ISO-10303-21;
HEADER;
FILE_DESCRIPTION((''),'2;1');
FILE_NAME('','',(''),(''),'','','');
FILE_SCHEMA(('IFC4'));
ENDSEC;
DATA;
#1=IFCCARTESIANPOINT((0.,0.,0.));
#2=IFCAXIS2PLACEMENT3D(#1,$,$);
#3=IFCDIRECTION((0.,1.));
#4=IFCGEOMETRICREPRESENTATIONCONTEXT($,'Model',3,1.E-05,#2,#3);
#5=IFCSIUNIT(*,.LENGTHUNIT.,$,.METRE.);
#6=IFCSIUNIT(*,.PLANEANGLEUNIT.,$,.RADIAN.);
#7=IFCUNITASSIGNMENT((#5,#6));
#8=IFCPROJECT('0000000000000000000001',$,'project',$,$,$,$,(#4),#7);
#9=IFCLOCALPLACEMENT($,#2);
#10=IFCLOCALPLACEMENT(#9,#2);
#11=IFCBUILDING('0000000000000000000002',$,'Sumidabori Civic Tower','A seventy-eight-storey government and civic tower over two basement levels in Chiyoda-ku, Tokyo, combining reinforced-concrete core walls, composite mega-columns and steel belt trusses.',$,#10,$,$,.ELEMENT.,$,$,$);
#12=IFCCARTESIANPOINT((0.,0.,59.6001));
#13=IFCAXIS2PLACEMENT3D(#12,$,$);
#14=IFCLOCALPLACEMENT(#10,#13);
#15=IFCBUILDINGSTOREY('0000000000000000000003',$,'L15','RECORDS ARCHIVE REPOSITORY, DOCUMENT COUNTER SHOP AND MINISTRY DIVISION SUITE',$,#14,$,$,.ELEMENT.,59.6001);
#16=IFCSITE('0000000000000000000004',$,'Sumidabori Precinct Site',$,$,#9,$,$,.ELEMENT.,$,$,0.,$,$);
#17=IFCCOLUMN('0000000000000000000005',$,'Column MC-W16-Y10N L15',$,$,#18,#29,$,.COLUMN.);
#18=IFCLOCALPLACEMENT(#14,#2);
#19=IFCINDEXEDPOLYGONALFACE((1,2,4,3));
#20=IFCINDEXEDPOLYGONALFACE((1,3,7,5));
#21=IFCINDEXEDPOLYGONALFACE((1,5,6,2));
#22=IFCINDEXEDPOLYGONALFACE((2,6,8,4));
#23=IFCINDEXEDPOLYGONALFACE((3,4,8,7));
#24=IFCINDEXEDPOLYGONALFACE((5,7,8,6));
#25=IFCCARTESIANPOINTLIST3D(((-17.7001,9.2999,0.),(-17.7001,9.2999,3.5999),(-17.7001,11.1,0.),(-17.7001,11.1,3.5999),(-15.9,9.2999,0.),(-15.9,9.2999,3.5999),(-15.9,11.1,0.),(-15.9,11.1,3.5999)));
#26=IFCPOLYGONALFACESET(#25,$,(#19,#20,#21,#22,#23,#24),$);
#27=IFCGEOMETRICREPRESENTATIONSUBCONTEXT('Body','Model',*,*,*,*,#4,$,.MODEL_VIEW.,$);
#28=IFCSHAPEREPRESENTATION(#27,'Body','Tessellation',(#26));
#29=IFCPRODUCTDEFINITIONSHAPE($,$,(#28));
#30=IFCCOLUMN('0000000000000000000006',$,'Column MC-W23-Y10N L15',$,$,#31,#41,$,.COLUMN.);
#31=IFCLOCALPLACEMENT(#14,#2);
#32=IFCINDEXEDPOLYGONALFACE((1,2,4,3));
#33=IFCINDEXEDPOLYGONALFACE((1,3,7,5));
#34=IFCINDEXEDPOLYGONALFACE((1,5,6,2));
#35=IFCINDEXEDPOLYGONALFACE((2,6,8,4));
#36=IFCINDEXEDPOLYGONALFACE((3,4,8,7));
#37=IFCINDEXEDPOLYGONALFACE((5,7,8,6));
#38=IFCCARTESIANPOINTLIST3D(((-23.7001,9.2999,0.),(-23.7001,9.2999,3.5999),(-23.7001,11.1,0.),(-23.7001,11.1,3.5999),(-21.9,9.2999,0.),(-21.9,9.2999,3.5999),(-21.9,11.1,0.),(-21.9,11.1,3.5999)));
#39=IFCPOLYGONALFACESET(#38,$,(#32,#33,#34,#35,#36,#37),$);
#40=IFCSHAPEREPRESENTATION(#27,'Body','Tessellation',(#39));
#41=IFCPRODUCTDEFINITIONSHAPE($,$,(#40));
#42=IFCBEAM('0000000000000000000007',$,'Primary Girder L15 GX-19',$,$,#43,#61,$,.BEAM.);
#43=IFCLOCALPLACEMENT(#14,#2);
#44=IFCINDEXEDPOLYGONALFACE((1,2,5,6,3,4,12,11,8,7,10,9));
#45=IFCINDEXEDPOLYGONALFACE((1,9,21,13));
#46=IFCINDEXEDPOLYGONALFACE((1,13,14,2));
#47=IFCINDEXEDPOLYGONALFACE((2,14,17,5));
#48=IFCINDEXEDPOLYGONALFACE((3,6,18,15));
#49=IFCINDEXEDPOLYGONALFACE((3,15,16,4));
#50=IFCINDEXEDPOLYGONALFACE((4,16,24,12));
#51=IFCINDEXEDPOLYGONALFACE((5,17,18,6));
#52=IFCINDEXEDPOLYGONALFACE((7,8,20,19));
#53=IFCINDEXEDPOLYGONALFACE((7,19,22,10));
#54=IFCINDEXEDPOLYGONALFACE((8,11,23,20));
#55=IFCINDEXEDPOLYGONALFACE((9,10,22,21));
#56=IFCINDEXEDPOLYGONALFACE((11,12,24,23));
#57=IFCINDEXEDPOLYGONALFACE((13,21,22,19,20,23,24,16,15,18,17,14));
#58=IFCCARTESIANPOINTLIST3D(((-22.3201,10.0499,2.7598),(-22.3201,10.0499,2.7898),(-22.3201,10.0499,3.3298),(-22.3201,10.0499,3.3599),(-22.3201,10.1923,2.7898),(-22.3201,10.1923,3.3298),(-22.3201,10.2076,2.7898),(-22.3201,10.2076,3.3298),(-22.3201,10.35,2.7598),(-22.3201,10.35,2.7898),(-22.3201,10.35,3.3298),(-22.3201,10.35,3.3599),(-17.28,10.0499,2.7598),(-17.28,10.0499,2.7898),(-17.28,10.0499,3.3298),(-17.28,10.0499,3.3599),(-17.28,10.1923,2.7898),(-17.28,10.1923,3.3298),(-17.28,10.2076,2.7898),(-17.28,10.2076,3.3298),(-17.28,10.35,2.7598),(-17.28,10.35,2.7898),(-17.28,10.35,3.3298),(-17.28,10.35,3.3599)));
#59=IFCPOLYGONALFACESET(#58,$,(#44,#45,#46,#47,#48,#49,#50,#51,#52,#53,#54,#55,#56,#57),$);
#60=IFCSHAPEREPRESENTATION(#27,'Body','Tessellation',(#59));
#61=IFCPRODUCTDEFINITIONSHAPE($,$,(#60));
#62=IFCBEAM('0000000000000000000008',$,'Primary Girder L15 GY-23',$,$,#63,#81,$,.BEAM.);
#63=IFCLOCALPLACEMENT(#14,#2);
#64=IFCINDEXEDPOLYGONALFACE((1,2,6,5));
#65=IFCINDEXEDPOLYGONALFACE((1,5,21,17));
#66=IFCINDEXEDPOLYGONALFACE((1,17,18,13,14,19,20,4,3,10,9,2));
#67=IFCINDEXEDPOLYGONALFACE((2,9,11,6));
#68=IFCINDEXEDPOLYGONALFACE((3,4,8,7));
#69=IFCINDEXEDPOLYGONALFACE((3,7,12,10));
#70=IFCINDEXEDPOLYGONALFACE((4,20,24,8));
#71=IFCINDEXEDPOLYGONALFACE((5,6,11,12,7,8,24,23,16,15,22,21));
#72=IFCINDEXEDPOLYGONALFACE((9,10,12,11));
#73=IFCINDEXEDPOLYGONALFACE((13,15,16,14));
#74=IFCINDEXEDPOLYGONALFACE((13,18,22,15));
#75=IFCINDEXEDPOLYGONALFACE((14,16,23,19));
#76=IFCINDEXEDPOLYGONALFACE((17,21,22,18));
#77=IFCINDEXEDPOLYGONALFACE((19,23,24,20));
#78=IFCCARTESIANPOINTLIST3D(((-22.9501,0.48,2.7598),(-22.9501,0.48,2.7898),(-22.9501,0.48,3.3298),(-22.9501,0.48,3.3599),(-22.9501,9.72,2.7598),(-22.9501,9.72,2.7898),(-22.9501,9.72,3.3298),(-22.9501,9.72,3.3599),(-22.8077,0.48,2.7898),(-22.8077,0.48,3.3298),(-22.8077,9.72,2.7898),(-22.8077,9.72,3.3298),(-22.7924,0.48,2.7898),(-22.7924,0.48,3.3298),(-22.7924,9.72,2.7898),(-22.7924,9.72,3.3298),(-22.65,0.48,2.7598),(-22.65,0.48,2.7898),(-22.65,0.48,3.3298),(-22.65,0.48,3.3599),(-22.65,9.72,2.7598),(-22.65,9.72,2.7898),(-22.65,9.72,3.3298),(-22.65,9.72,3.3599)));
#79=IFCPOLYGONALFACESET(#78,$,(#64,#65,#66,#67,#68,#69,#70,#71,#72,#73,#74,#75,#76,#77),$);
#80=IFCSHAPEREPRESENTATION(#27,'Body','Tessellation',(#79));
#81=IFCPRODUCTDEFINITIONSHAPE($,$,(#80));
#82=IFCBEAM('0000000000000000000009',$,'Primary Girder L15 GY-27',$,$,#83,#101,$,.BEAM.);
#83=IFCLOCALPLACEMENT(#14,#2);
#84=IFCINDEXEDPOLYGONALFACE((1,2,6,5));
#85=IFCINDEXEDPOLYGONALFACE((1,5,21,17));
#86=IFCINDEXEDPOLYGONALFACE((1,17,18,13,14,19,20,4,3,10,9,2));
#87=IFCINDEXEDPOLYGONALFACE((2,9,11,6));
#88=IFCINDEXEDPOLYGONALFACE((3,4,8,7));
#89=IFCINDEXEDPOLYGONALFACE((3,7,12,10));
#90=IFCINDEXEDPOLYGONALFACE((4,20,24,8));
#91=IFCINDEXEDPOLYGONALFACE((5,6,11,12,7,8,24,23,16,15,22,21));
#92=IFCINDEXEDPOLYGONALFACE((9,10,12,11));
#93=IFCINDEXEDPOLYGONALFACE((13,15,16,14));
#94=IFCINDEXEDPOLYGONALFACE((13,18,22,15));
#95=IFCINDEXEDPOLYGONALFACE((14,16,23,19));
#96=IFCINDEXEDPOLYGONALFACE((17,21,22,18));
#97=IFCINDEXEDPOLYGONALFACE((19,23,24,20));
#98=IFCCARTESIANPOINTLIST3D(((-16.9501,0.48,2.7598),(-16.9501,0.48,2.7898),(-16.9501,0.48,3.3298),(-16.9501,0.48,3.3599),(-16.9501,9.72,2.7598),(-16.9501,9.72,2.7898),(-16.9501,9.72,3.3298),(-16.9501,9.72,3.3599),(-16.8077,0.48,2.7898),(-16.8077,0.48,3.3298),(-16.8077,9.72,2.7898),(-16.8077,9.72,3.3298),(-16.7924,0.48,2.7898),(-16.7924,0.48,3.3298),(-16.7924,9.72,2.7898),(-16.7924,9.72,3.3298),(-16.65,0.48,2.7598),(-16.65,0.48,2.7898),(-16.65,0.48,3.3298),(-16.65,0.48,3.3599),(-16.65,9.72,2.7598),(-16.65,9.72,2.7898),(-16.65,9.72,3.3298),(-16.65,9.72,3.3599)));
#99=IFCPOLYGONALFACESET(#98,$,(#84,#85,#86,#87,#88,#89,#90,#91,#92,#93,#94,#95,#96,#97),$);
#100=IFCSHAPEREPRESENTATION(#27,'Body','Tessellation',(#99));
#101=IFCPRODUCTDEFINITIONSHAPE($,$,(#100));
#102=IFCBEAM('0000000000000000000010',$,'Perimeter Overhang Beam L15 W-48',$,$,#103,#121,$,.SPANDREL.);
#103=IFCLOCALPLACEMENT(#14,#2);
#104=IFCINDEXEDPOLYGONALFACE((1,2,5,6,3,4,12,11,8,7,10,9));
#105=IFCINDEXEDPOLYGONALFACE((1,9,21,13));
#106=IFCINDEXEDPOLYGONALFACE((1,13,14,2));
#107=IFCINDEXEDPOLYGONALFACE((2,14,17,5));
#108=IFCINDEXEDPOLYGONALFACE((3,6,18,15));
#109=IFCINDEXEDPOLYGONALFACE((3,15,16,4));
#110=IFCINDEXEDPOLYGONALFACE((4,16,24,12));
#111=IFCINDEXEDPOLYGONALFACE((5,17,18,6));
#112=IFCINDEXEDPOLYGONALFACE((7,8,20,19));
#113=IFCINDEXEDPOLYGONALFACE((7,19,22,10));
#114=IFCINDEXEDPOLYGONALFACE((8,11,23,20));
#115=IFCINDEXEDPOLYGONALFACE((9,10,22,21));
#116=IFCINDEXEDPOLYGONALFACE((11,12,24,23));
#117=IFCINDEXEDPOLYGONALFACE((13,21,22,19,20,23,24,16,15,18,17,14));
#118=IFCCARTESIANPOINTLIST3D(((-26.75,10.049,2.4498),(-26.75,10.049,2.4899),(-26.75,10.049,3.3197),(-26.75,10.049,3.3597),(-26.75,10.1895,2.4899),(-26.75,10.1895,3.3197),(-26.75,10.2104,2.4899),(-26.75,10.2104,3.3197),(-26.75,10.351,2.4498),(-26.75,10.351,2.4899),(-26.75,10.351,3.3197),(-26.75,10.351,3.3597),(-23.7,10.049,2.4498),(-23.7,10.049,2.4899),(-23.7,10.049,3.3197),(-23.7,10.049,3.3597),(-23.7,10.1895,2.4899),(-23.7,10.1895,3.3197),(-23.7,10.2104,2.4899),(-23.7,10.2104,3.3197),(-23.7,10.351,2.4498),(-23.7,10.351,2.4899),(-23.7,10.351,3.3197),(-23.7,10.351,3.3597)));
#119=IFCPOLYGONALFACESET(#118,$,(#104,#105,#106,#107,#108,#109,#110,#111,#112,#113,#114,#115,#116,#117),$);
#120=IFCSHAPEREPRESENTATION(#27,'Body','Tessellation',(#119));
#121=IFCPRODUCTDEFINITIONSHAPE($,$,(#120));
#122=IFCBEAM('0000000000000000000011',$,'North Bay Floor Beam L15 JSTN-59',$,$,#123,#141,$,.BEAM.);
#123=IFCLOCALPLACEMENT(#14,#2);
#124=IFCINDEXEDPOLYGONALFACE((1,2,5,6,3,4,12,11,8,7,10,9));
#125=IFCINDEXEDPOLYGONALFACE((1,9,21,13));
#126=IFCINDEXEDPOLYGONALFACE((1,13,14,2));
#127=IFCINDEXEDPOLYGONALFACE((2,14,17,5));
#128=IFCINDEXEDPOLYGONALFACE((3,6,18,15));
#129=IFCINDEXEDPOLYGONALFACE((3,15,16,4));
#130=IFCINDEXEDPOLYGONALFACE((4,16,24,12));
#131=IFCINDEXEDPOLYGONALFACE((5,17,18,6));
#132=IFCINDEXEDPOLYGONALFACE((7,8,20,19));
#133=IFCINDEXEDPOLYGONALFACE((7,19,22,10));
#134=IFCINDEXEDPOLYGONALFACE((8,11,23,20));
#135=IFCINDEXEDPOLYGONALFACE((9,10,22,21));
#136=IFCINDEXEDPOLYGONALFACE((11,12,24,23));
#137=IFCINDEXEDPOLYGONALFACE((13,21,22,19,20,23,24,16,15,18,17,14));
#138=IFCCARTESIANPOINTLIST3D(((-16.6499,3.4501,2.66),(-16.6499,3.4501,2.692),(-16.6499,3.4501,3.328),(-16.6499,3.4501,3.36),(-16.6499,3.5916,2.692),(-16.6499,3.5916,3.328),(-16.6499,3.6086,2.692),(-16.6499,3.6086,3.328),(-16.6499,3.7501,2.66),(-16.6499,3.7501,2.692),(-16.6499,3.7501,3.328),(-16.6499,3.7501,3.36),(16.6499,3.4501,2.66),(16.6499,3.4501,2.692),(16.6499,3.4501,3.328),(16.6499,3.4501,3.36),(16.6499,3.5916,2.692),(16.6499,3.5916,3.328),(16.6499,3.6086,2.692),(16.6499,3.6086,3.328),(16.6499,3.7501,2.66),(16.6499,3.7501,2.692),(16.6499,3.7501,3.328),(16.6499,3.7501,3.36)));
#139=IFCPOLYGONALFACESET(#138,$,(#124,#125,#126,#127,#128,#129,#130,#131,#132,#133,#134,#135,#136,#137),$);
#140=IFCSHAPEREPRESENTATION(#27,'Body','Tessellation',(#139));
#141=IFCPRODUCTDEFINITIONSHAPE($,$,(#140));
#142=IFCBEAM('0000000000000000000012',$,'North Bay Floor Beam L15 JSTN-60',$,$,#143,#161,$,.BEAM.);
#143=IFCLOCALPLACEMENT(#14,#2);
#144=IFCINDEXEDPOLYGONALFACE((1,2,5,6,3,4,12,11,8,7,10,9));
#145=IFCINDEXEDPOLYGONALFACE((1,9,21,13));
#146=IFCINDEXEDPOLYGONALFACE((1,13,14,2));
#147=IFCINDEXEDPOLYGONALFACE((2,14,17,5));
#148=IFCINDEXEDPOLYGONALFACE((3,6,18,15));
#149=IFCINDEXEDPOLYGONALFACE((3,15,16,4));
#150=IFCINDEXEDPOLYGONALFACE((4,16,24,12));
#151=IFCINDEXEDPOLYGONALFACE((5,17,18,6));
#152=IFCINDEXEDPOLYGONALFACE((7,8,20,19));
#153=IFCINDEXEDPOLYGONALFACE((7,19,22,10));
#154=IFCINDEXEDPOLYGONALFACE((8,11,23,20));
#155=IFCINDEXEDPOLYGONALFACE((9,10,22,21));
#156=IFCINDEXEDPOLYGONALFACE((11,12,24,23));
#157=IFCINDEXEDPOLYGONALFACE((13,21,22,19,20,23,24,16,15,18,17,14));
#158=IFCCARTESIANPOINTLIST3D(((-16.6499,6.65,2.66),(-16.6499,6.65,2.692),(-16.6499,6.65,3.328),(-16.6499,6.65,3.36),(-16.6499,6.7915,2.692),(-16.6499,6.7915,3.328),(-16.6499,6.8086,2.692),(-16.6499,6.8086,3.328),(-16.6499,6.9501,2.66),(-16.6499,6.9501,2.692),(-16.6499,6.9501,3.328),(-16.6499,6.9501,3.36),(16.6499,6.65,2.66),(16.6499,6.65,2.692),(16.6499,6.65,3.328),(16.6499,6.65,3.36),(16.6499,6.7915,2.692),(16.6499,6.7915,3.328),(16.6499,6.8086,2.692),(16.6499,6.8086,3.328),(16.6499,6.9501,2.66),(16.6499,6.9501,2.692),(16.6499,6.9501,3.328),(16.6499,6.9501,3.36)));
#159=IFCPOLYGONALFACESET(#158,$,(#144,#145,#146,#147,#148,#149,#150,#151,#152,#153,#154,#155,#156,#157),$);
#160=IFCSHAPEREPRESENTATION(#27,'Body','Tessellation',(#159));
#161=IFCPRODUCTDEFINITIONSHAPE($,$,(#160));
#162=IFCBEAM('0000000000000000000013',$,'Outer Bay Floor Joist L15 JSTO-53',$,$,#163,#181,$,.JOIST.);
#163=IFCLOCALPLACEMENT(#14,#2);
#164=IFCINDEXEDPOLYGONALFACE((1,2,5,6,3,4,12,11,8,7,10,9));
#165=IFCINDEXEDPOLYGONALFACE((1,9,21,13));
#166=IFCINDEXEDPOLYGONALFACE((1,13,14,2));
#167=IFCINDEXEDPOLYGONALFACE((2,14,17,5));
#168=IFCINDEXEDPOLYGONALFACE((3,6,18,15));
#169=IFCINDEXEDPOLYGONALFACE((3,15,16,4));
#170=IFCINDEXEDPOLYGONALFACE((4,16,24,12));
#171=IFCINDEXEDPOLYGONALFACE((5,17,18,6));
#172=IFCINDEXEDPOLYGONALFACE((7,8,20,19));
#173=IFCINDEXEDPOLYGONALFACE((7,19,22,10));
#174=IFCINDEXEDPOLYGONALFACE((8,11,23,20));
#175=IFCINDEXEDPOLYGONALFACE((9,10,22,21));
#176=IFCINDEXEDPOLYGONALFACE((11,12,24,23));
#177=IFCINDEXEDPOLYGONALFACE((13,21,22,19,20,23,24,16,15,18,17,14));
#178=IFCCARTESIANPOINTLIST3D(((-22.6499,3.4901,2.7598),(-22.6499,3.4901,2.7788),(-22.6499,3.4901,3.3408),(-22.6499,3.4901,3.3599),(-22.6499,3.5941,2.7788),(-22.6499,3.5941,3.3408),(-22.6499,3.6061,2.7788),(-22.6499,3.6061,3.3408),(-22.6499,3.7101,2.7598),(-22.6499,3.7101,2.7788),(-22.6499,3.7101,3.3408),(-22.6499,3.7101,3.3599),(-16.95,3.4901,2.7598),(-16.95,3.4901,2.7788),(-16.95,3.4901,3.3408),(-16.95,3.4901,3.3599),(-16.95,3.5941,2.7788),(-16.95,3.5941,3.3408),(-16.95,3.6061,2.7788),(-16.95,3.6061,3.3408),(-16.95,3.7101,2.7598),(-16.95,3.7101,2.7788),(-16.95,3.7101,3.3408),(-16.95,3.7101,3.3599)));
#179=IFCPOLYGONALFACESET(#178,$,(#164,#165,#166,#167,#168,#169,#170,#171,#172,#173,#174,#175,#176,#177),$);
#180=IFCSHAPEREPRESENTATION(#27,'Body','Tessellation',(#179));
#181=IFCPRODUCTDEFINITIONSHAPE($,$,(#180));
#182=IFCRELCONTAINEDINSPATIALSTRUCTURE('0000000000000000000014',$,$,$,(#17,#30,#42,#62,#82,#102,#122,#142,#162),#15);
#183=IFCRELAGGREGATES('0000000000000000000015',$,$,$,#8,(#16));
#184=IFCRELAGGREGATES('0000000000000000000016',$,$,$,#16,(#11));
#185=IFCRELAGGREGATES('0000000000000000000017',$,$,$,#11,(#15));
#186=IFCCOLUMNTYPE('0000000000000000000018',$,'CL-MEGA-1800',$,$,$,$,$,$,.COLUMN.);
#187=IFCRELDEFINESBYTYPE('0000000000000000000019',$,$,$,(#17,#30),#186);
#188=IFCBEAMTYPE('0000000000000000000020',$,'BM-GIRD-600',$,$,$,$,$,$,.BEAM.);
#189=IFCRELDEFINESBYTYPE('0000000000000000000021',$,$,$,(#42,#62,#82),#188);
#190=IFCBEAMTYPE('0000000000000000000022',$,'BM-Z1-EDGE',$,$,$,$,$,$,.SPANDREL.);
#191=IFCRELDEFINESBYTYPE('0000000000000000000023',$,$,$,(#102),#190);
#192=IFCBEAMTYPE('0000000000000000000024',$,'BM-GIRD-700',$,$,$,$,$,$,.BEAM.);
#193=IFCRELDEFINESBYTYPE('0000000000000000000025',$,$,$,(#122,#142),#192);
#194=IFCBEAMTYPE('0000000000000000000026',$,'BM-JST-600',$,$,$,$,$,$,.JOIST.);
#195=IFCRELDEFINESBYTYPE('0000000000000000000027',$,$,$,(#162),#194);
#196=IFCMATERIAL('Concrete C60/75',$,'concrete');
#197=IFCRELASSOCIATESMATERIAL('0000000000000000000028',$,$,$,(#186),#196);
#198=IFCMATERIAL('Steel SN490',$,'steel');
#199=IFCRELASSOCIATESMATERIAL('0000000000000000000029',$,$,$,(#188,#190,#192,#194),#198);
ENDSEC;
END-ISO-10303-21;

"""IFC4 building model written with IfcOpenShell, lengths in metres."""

from ifc_helpers import new_model, si_unit, direction, frame, origin, origin_2d, place, context, subcontext, project, spatial, rectangle, i_section, extrude, source, transform, mapped, material, material_profile, profile_set, type_object, element, save


model = new_model("IFC4")

# Units and contexts
model_context = context("Model", 3, precision=1e-05, world=origin(), true_north=direction((0.0, 1.0)))
body_context = subcontext(model_context, "Body", "Model", "MODEL_VIEW")
ifc_project = project(units=[si_unit("LENGTHUNIT", "METRE"), si_unit("PLANEANGLEUNIT", "RADIAN")], contexts=[model_context])

# Site, building, storey
site_placement = place(None, origin())
site = spatial("IfcSite", under=ifc_project, at=site_placement, Name="Sumidabori Precinct Site", CompositionType="ELEMENT", RefElevation=0.0)
building_placement = place(site_placement, origin())
building = spatial("IfcBuilding", under=site, at=building_placement, Name="Sumidabori Civic Tower", Description="A seventy-eight-storey government and civic tower over two basement levels in Chiyoda-ku, Tokyo, combining reinforced-concrete core walls, composite mega-columns and steel belt trusses.", CompositionType="ELEMENT")
storey_placement = place(building_placement, frame((0.0, 0.0, 59.6001)))
storey = spatial("IfcBuildingStorey", under=building, at=storey_placement, Name="L15", Description="RECORDS ARCHIVE REPOSITORY, DOCUMENT COUNTER SHOP AND MINISTRY DIVISION SUITE", CompositionType="ELEMENT", Elevation=59.6001)

# Columns
ifc_material_1 = material(Name="Concrete C60/75", Category="concrete")
ifc_material_profile_1 = material_profile(ifc_material_1, rectangle(XDim=1.8, YDim=1.8, at=origin_2d()), Name="RC 1800x1800")
ifc_profile_set_1 = profile_set([ifc_material_profile_1], Name="Concrete C60/75")
column_type = type_object("IfcColumnType", Name="CL-MEGA-1800", PredefinedType="COLUMN", material=ifc_profile_set_1)
shared_shape_1 = source(origin(), body_context, "Body", "SweptSolid", [
    extrude(rectangle(XDim=1.8, YDim=1.8, at=origin_2d()), origin(), (0.0, 0.0, 1.0), 3.5999),
])
for number, where, z_axis, x_axis, name in (
    (1, (-16.8, 10.2, 0.0), (0.0, 0.0, 1.0), (1.0, 0.0, 0.0), "Column MC-W16-Y10N L15"),
    (2, (-22.8, 10.2, 0.0), (0.0, 0.0, 1.0), (1.0, 0.0, 0.0), "Column MC-W23-Y10N L15"),
):
    element("IfcColumn", number, at=place(storey_placement, frame(where, z_axis=z_axis, x_axis=x_axis)), inside=storey, type_object=column_type, Name=name, PredefinedType="COLUMN", context=body_context, shape_type="MappedRepresentation", body=[
        mapped(shared_shape_1, transform((0.0, 0.0, 0.0), x_axis=(1.0, 0.0, 0.0), y_axis=(0.0, 1.0, 0.0), z_axis=(0.0, 0.0, 1.0), scale=1.0)),
    ])

# Beams
ifc_material_2 = material(Name="Steel SN490", Category="steel")
ifc_material_profile_2 = material_profile(ifc_material_2, i_section(OverallWidth=0.3, OverallDepth=0.6001, WebThickness=0.0154, FlangeThickness=0.03, at=origin_2d()), Name="HE 600 B")
ifc_profile_set_2 = profile_set([ifc_material_profile_2], Name="Steel SN490")
beam_type_1 = type_object("IfcBeamType", Name="BM-GIRD-600", PredefinedType="BEAM", material=ifc_profile_set_2)
shared_shape_2 = source(origin(), body_context, "Body", "SweptSolid", [
    extrude(i_section(OverallWidth=0.3, OverallDepth=0.6001, WebThickness=0.0154, FlangeThickness=0.03, at=origin_2d()), origin(), (0.0, 0.0, 1.0), 5.04),
])
beam_1_placement = place(storey_placement, frame((-22.3201, 10.2, 3.0598), z_axis=(1.0, 0.0, 0.0), x_axis=(0.0, 1.0, 0.0)))
element("IfcBeam", 3, at=beam_1_placement, inside=storey, type_object=beam_type_1, Name="Primary Girder L15 GX-19", PredefinedType="BEAM", context=body_context, shape_type="MappedRepresentation", body=[
    mapped(shared_shape_2, transform((0.0, 0.0, 0.0), x_axis=(1.0, 0.0, 0.0), y_axis=(0.0, 1.0, 0.0), z_axis=(0.0, 0.0, 1.0), scale=1.0)),
])
shared_shape_3 = source(origin(), body_context, "Body", "SweptSolid", [
    extrude(i_section(OverallWidth=0.3, OverallDepth=0.6001, WebThickness=0.0154, FlangeThickness=0.03, at=origin_2d()), origin(), (0.0, 0.0, 1.0), 9.24),
])
for number, where, z_axis, x_axis, name in (
    (4, (-22.8, 0.48, 3.0598), (0.0, 1.0, 0.0), (-1.0, 0.0, 0.0), "Primary Girder L15 GY-23"),
    (5, (-16.8, 0.48, 3.0598), (0.0, 1.0, 0.0), (-1.0, 0.0, 0.0), "Primary Girder L15 GY-27"),
):
    element("IfcBeam", number, at=place(storey_placement, frame(where, z_axis=z_axis, x_axis=x_axis)), inside=storey, type_object=beam_type_1, Name=name, PredefinedType="BEAM", context=body_context, shape_type="MappedRepresentation", body=[
        mapped(shared_shape_3, transform((0.0, 0.0, 0.0), x_axis=(1.0, 0.0, 0.0), y_axis=(0.0, 1.0, 0.0), z_axis=(0.0, 0.0, 1.0), scale=1.0)),
    ])
ifc_material_profile_3 = material_profile(ifc_material_2, i_section(OverallWidth=0.302, OverallDepth=0.9099, WebThickness=0.021, FlangeThickness=0.04, at=origin_2d()), Name="HE 900 M")
ifc_profile_set_3 = profile_set([ifc_material_profile_3], Name="Steel SN490")
beam_type_2 = type_object("IfcBeamType", Name="BM-Z1-EDGE", PredefinedType="SPANDREL", material=ifc_profile_set_3)
shared_shape_4 = source(origin(), body_context, "Body", "SweptSolid", [
    extrude(i_section(OverallWidth=0.302, OverallDepth=0.9099, WebThickness=0.021, FlangeThickness=0.04, at=origin_2d()), origin(), (0.0, 0.0, 1.0), 3.05),
])
beam_2_placement = place(storey_placement, frame((-26.75, 10.2, 2.9048), z_axis=(1.0, 0.0, 0.0), x_axis=(0.0, 1.0, 0.0)))
element("IfcBeam", 6, at=beam_2_placement, inside=storey, type_object=beam_type_2, Name="Perimeter Overhang Beam L15 W-48", PredefinedType="SPANDREL", context=body_context, shape_type="MappedRepresentation", body=[
    mapped(shared_shape_4, transform((0.0, 0.0, 0.0), x_axis=(1.0, 0.0, 0.0), y_axis=(0.0, 1.0, 0.0), z_axis=(0.0, 0.0, 1.0), scale=1.0)),
])
ifc_material_profile_4 = material_profile(ifc_material_2, i_section(OverallWidth=0.3, OverallDepth=0.7, WebThickness=0.0171, FlangeThickness=0.032, at=origin_2d()), Name="HE 700 B")
ifc_profile_set_4 = profile_set([ifc_material_profile_4], Name="Steel SN490")
beam_type_3 = type_object("IfcBeamType", Name="BM-GIRD-700", PredefinedType="BEAM", material=ifc_profile_set_4)
shared_shape_5 = source(origin(), body_context, "Body", "SweptSolid", [
    extrude(i_section(OverallWidth=0.3, OverallDepth=0.7, WebThickness=0.0171, FlangeThickness=0.032, at=origin_2d()), origin(), (0.0, 0.0, 1.0), 33.2998),
])
for number, where, z_axis, x_axis, name in (
    (7, (-16.6499, 3.6001, 3.01), (1.0, 0.0, 0.0), (0.0, 1.0, 0.0), "North Bay Floor Beam L15 JSTN-59"),
    (8, (-16.6499, 6.8, 3.01), (1.0, 0.0, 0.0), (0.0, 1.0, 0.0), "North Bay Floor Beam L15 JSTN-60"),
):
    element("IfcBeam", number, at=place(storey_placement, frame(where, z_axis=z_axis, x_axis=x_axis)), inside=storey, type_object=beam_type_3, Name=name, PredefinedType="BEAM", context=body_context, shape_type="MappedRepresentation", body=[
        mapped(shared_shape_5, transform((0.0, 0.0, 0.0), x_axis=(1.0, 0.0, 0.0), y_axis=(0.0, 1.0, 0.0), z_axis=(0.0, 0.0, 1.0), scale=1.0)),
    ])
ifc_material_profile_5 = material_profile(ifc_material_2, i_section(OverallWidth=0.22, OverallDepth=0.6001, WebThickness=0.012, FlangeThickness=0.019, at=origin_2d()), Name="IPE 600")
ifc_profile_set_5 = profile_set([ifc_material_profile_5], Name="Steel SN490")
beam_type_4 = type_object("IfcBeamType", Name="BM-JST-600", PredefinedType="JOIST", material=ifc_profile_set_5)
shared_shape_6 = source(origin(), body_context, "Body", "SweptSolid", [
    extrude(i_section(OverallWidth=0.22, OverallDepth=0.6001, WebThickness=0.012, FlangeThickness=0.019, at=origin_2d()), origin(), (0.0, 0.0, 1.0), 5.7),
])
for number, where, z_axis, x_axis, name in (
    (9, (-22.6499, 3.6001, 3.0598), (1.0, 0.0, 0.0), (0.0, 1.0, 0.0), "Outer Bay Floor Joist L15 JSTO-53"),
):
    element("IfcBeam", number, at=place(storey_placement, frame(where, z_axis=z_axis, x_axis=x_axis)), inside=storey, type_object=beam_type_4, Name=name, PredefinedType="JOIST", context=body_context, shape_type="MappedRepresentation", body=[
        mapped(shared_shape_6, transform((0.0, 0.0, 0.0), x_axis=(1.0, 0.0, 0.0), y_axis=(0.0, 1.0, 0.0), z_axis=(0.0, 0.0, 1.0), scale=1.0)),
    ])

save(model, "model.ifc")
